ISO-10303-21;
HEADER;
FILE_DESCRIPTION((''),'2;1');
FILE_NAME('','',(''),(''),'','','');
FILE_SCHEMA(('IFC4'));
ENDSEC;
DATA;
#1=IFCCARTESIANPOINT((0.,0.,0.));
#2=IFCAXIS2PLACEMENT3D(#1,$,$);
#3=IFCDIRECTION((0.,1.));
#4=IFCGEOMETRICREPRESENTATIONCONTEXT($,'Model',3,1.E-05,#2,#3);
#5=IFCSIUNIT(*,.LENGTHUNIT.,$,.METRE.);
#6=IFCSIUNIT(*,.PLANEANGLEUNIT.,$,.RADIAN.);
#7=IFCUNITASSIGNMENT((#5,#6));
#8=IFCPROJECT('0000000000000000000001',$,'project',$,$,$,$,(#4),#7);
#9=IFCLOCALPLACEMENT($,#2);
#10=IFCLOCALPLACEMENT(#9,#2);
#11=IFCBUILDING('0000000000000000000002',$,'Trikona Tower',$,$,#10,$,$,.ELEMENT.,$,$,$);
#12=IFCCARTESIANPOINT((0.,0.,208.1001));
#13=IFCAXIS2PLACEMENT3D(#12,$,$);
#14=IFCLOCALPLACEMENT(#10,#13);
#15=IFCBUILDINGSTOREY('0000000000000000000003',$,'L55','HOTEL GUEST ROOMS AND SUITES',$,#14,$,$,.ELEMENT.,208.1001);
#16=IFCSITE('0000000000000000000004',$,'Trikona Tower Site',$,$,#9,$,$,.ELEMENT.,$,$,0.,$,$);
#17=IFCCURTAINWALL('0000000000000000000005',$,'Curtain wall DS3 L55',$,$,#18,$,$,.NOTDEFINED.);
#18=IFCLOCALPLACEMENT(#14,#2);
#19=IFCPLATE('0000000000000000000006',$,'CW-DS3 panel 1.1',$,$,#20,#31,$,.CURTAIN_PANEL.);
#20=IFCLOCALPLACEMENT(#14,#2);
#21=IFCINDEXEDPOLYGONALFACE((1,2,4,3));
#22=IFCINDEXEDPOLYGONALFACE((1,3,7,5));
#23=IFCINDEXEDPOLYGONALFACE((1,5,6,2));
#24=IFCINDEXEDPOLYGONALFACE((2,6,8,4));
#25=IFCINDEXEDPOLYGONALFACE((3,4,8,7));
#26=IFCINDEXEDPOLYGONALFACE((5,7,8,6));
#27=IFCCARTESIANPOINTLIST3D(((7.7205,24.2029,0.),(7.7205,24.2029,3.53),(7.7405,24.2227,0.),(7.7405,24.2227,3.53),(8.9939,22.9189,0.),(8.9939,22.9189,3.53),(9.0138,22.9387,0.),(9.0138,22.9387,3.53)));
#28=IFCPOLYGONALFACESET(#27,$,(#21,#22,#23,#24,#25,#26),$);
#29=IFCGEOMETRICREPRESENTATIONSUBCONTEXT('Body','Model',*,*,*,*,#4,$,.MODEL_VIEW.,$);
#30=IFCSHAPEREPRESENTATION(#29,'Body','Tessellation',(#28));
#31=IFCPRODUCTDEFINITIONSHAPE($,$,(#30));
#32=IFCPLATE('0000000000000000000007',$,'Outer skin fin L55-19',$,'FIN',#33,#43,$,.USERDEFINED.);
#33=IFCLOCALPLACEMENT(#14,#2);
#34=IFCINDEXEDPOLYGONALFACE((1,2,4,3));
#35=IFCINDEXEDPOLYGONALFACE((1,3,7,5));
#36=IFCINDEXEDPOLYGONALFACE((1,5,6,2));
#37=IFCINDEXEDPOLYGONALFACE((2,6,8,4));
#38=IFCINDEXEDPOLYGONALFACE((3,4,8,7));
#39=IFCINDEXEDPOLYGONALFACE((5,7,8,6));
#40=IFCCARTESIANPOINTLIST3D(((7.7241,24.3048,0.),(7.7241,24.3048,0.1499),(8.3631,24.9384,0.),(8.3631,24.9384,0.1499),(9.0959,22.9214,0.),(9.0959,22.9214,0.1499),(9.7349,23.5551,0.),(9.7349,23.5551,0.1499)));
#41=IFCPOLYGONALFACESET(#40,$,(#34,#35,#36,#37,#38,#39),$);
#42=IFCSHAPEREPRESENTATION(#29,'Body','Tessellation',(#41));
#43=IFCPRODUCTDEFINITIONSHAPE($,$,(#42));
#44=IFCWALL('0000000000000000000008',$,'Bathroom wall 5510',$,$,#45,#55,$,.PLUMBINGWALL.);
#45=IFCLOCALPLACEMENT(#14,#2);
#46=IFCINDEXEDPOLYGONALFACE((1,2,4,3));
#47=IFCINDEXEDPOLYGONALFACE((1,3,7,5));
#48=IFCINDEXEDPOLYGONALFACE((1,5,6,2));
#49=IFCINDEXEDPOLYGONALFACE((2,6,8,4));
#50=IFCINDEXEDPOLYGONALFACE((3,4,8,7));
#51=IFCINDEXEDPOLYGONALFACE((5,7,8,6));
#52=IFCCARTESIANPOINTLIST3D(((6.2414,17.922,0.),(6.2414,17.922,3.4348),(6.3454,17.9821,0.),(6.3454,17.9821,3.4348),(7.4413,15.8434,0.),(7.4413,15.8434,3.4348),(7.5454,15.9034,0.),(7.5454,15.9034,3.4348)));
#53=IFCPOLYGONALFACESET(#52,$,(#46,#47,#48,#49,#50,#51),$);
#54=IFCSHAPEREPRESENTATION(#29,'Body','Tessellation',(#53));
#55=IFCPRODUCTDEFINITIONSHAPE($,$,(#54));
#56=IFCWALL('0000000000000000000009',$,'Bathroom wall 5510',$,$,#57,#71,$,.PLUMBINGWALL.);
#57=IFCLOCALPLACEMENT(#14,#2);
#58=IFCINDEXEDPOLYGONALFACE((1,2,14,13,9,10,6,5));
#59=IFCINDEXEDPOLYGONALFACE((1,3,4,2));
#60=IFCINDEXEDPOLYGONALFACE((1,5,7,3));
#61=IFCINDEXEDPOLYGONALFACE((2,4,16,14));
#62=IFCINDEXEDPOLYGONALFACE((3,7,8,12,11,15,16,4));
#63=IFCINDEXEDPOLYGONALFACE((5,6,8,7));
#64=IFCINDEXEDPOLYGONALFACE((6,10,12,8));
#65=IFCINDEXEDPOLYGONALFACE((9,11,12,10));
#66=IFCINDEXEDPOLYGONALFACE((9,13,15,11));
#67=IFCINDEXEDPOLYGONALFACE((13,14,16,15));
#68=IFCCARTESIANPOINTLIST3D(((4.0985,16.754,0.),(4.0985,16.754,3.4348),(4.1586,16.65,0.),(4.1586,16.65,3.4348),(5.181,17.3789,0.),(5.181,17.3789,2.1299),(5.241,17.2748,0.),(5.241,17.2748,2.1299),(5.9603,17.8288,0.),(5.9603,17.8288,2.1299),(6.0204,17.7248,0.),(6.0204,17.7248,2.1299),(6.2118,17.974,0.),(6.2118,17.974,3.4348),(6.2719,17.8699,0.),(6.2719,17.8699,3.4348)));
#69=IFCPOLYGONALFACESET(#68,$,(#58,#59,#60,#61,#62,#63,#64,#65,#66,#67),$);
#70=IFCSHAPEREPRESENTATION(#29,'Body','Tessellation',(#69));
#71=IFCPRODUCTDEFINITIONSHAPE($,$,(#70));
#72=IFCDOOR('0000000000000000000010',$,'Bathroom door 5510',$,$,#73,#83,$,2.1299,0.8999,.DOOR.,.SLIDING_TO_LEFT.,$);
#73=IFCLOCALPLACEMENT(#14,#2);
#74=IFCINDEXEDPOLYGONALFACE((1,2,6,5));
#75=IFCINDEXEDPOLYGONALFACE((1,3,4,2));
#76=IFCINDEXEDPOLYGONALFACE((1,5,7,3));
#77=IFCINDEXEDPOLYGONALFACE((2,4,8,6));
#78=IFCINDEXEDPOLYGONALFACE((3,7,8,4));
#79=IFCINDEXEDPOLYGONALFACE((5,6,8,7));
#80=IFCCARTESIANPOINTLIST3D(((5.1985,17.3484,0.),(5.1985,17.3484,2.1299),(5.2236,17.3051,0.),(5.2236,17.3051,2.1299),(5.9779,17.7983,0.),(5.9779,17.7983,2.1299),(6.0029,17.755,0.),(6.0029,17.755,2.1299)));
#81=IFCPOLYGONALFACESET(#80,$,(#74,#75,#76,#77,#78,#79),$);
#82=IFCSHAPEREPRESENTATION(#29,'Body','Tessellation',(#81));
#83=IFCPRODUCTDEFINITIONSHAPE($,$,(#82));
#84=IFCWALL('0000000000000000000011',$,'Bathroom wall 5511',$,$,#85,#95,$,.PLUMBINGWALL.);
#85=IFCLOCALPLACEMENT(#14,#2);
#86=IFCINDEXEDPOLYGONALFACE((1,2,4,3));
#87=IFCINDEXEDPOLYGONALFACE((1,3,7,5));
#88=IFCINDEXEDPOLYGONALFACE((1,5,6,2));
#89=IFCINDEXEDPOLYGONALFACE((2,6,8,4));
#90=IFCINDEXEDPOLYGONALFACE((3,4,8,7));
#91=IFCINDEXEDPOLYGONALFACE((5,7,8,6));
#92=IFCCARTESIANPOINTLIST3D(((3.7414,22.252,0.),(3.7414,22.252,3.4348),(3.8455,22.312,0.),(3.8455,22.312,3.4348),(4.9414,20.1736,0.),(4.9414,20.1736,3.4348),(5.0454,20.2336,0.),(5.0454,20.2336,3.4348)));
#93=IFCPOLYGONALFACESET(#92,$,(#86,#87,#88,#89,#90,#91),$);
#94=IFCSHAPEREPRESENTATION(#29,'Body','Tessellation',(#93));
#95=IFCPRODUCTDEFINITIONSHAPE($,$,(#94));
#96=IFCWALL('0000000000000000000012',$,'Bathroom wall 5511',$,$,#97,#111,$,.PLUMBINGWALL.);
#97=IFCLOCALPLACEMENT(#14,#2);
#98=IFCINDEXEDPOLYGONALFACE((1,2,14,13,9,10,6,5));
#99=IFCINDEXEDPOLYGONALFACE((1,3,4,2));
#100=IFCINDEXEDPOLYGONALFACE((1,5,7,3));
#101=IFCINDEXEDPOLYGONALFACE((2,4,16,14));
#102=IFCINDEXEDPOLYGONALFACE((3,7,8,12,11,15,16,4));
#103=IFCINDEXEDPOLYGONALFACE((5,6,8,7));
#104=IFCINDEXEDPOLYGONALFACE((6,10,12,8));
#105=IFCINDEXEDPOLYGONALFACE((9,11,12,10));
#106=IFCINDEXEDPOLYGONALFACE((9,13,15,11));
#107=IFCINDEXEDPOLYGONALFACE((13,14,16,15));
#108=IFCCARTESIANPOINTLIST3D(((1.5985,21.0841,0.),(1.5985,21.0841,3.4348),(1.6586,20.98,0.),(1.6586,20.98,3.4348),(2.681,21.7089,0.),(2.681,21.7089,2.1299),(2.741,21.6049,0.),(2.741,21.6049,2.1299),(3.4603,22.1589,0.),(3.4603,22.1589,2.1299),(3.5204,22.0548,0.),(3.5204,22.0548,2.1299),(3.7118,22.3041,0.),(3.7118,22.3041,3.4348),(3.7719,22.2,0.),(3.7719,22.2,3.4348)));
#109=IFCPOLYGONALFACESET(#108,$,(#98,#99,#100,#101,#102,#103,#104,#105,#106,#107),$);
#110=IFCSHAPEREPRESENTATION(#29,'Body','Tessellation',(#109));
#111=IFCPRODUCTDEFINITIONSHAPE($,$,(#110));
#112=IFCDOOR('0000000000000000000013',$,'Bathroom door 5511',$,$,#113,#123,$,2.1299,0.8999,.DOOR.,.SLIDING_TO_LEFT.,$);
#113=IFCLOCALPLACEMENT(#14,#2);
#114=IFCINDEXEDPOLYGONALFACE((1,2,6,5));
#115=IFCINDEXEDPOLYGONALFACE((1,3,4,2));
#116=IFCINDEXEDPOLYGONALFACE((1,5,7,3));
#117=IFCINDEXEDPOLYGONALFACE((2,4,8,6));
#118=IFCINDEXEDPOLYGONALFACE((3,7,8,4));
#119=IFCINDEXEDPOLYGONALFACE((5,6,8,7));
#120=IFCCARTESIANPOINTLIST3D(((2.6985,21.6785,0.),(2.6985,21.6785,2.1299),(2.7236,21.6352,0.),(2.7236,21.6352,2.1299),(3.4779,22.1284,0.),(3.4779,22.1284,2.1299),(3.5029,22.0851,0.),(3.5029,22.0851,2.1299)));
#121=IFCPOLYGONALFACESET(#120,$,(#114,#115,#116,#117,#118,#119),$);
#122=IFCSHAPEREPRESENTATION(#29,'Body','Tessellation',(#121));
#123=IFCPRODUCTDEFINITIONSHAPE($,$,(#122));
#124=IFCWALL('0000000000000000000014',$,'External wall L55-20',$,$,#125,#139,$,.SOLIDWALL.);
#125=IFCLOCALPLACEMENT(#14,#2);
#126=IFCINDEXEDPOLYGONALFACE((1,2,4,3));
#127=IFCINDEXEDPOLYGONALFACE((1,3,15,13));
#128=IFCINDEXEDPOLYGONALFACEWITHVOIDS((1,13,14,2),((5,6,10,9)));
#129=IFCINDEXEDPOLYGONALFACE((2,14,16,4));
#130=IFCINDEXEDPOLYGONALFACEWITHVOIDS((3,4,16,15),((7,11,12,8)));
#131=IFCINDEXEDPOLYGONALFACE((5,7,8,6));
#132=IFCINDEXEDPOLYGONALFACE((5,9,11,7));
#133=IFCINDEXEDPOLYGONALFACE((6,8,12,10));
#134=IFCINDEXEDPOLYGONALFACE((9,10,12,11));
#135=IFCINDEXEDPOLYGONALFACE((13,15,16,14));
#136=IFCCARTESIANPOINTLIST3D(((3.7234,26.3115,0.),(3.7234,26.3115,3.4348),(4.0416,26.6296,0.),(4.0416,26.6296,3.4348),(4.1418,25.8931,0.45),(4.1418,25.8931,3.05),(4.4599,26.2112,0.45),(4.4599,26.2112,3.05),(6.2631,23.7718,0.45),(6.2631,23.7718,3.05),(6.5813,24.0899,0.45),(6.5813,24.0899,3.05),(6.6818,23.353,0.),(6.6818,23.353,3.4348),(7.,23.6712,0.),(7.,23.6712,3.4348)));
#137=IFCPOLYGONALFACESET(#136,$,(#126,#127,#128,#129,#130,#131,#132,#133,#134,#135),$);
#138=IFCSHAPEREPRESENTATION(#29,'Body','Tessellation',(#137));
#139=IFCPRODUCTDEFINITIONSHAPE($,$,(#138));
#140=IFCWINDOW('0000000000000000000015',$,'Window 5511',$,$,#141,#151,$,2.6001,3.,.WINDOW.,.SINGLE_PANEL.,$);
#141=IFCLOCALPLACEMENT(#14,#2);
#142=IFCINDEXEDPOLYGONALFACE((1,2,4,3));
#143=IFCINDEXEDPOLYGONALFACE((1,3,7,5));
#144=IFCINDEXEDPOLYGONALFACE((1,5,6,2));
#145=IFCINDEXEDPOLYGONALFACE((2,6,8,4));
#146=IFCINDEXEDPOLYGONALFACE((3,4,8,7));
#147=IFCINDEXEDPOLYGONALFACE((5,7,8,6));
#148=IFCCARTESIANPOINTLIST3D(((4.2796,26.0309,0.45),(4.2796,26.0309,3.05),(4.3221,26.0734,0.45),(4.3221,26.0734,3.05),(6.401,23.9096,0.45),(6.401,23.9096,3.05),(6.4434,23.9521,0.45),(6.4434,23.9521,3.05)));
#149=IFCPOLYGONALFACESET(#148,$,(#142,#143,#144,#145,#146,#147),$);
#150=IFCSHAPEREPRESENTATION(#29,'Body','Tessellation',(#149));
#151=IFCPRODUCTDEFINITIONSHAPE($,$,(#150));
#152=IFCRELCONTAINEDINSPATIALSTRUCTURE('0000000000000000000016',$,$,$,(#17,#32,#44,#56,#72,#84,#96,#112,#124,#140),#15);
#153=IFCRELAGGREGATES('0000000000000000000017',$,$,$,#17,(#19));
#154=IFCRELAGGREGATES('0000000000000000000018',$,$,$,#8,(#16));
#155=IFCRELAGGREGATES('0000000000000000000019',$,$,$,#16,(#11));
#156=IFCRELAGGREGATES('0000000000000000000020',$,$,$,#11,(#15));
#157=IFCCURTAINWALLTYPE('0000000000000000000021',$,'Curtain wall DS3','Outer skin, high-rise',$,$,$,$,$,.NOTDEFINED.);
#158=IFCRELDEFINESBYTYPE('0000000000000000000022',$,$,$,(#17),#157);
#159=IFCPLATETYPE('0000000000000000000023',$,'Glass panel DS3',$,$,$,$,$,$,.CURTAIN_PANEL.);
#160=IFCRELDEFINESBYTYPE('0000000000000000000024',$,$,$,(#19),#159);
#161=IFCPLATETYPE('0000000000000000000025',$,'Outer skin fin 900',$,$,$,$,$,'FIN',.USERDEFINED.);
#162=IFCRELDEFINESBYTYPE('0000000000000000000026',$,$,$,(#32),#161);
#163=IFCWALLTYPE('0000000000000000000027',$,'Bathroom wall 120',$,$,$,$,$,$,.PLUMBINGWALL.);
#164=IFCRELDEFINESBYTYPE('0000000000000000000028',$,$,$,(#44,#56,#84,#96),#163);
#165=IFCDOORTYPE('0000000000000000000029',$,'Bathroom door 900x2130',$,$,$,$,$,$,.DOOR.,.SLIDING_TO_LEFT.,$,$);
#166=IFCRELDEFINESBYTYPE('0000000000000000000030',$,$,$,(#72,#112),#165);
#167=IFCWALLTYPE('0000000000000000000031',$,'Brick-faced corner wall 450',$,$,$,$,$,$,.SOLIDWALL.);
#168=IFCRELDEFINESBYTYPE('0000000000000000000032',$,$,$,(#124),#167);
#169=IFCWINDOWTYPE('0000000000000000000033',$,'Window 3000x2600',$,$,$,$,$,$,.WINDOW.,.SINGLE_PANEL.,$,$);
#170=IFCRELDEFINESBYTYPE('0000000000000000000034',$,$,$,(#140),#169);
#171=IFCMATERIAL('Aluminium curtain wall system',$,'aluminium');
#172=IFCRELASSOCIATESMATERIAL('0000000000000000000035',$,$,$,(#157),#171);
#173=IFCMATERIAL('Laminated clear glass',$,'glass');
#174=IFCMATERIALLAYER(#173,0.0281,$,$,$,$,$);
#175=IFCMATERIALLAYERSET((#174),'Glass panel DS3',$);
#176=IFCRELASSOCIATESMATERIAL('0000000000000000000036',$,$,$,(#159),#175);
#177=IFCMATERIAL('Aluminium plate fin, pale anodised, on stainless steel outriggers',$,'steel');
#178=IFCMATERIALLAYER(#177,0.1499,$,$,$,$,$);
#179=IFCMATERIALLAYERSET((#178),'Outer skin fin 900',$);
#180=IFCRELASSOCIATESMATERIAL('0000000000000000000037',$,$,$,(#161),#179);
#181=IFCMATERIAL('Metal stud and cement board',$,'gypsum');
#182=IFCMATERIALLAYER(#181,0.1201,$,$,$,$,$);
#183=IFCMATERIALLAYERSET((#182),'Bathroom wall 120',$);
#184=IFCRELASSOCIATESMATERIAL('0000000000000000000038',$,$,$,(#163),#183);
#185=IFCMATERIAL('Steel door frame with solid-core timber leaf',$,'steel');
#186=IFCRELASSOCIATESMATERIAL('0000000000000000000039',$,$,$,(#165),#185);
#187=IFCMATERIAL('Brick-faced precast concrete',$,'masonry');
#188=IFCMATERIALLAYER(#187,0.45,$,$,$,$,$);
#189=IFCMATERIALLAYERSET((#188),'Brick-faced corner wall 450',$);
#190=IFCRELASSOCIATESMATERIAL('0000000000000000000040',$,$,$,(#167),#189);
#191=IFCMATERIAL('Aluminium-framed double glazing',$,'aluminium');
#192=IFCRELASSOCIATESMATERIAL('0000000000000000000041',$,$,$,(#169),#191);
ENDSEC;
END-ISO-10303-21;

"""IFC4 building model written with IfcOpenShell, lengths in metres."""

from ifc_helpers import new_model, si_unit, direction, frame, frame_2d, origin, origin_2d, place, context, subcontext, project, spatial, rectangle, extrude, material, layer, layer_set, type_object, element, fill, aggregate, save


model = new_model("IFC4")

# Units and contexts
model_context = context("Model", 3, precision=1e-05, world=origin(), true_north=direction((0.0, 1.0)))
body_context = subcontext(model_context, "Body", "Model", "MODEL_VIEW")
ifc_project = project(units=[si_unit("LENGTHUNIT", "METRE"), si_unit("PLANEANGLEUNIT", "RADIAN")], contexts=[model_context])

# Site, building, storey
site_placement = place(None, origin())
site = spatial("IfcSite", under=ifc_project, at=site_placement, Name="Trikona Tower Site", CompositionType="ELEMENT", RefElevation=0.0)
building_placement = place(site_placement, origin())
building = spatial("IfcBuilding", under=site, at=building_placement, Name="Trikona Tower", CompositionType="ELEMENT")
storey_placement = place(building_placement, frame((0.0, 0.0, 208.1001)))
storey = spatial("IfcBuildingStorey", under=building, at=storey_placement, Name="L55", Description="HOTEL GUEST ROOMS AND SUITES", CompositionType="ELEMENT", Elevation=208.1001)

# Curtain wall
ifc_material_1 = material(Name="Aluminium curtain wall system", Category="aluminium")
curtain_wall_type = type_object("IfcCurtainWallType", Name="Curtain wall DS3", Description="Outer skin, high-rise", PredefinedType="NOTDEFINED", material=ifc_material_1)
curtain_wall_placement = place(storey_placement, origin())
curtain_wall = element("IfcCurtainWall", 1, at=curtain_wall_placement, inside=storey, type_object=curtain_wall_type, Name="Curtain wall DS3 L55", PredefinedType="NOTDEFINED")

# Plates
ifc_material_2 = material(Name="Laminated clear glass", Category="glass")
ifc_layer_1 = layer(ifc_material_2, 0.0281)
ifc_layer_set_1 = layer_set([ifc_layer_1], Name="Glass panel DS3")
plate_type_1 = type_object("IfcPlateType", Name="Glass panel DS3", PredefinedType="CURTAIN_PANEL", material=ifc_layer_set_1)
plate_1_placement = place(storey_placement, frame((8.3672, 23.5708, 0.0), z_axis=(0.0, 0.0, 1.0), x_axis=(-0.704149, 0.710052, 0.0)))
plate_1 = element("IfcPlate", 2, at=plate_1_placement, type_object=plate_type_1, Name="CW-DS3 panel 1.1", PredefinedType="CURTAIN_PANEL", context=body_context, shape_type="SweptSolid", body=[
    extrude(rectangle(XDim=1.8083, YDim=0.0281, at=origin_2d()), origin(), (0.0, 0.0, 1.0), 3.53),
])
aggregate(curtain_wall, [plate_1])
ifc_material_3 = material(Name="Aluminium plate fin, pale anodised, on stainless steel outriggers", Category="steel")
ifc_layer_2 = layer(ifc_material_3, 0.1499)
ifc_layer_set_2 = layer_set([ifc_layer_2], Name="Outer skin fin 900")
plate_type_2 = type_object("IfcPlateType", Name="Outer skin fin 900", ElementType="FIN", PredefinedType="USERDEFINED", material=ifc_layer_set_2)
plate_2_placement = place(storey_placement, frame((8.7295, 23.9299, 0.0), z_axis=(0.0, 0.0, 1.0), x_axis=(-0.704151, 0.71005, 0.0)))
element("IfcPlate", 3, at=plate_2_placement, inside=storey, type_object=plate_type_2, Name="Outer skin fin L55-19", ObjectType="FIN", PredefinedType="USERDEFINED", context=body_context, shape_type="SweptSolid", body=[
    extrude(rectangle(XDim=1.9482, YDim=0.8999, at=origin_2d()), origin(), (0.0, 0.0, 1.0), 0.1499),
])

# Wall
ifc_material_4 = material(Name="Metal stud and cement board", Category="gypsum")
ifc_layer_3 = layer(ifc_material_4, 0.1201)
ifc_layer_set_3 = layer_set([ifc_layer_3], Name="Bathroom wall 120")
wall_type_1 = type_object("IfcWallType", Name="Bathroom wall 120", PredefinedType="PLUMBINGWALL", material=ifc_layer_set_3)
wall_1_placement = place(storey_placement, frame((7.4934, 15.8733, 0.0), z_axis=(0.0, 0.0, 1.0), x_axis=(-0.499957, 0.86605, 0.0)))
element("IfcWall", 4, at=wall_1_placement, inside=storey, type_object=wall_type_1, Name="Bathroom wall 5510", PredefinedType="PLUMBINGWALL", context=body_context, shape_type="SweptSolid", body=[
    extrude(rectangle(XDim=2.4001, YDim=0.1201, at=frame_2d((1.2002, 0.0))), origin(), (0.0, 0.0, 1.0), 3.4348),
])

# Wall, opening, door
wall_2_placement = place(storey_placement, frame((4.1284, 16.7019, 0.0), z_axis=(0.0, 0.0, 1.0), x_axis=(0.866049, 0.499959, 0.0)))
wall_2 = element("IfcWall", 5, at=wall_2_placement, inside=storey, type_object=wall_type_1, Name="Bathroom wall 5510", PredefinedType="PLUMBINGWALL", context=body_context, shape_type="SweptSolid", body=[
    extrude(rectangle(XDim=2.4402, YDim=0.1201, at=frame_2d((1.2202, 0.0))), origin(), (0.0, 0.0, 1.0), 3.4348),
])
opening_1_placement = place(wall_2_placement, frame((1.25, 0.0, 0.0)))
opening_1 = element("IfcOpeningElement", 6, at=opening_1_placement, cuts=wall_2, PredefinedType="OPENING", context=body_context, shape_type="SweptSolid", body=[
    extrude(rectangle(XDim=0.8999, YDim=2.1299, at=frame_2d((0.45, 1.0649))), frame((0.0, 0.0701, 0.0), z_axis=(0.0, -1.0, 0.0), x_axis=(1.0, 0.0, 0.0)), (0.0, 0.0, 1.0), 0.1401),
])
ifc_material_5 = material(Name="Steel door frame with solid-core timber leaf", Category="steel")
door_type_1 = type_object("IfcDoorType", Name="Bathroom door 900x2130", OperationType="SLIDING_TO_LEFT", PredefinedType="DOOR", material=ifc_material_5)
door_1_placement = place(opening_1_placement, origin())
door_1 = element("IfcDoor", 7, at=door_1_placement, inside=storey, type_object=door_type_1, Name="Bathroom door 5510", OperationType="SLIDING_TO_LEFT", OverallHeight=2.1299, OverallWidth=0.8999, PredefinedType="DOOR", context=body_context, shape_type="SweptSolid", body=[
    extrude(rectangle(XDim=0.8999, YDim=2.1299, at=frame_2d((0.45, 1.0649))), frame((0.0, 0.0249, 0.0), z_axis=(0.0, -1.0, 0.0), x_axis=(1.0, 0.0, 0.0)), (0.0, 0.0, 1.0), 0.05),
])
fill(opening_1, door_1)

# Wall
wall_3_placement = place(storey_placement, frame((4.9934, 20.2036, 0.0), z_axis=(0.0, 0.0, 1.0), x_axis=(-0.500001, 0.866025, 0.0)))
element("IfcWall", 8, at=wall_3_placement, inside=storey, type_object=wall_type_1, Name="Bathroom wall 5511", PredefinedType="PLUMBINGWALL", context=body_context, shape_type="SweptSolid", body=[
    extrude(rectangle(XDim=2.3999, YDim=0.1201, at=frame_2d((1.2, 0.0))), origin(), (0.0, 0.0, 1.0), 3.4348),
])

# Wall, opening, door
wall_4_placement = place(storey_placement, frame((1.6284, 21.032, 0.0), z_axis=(0.0, 0.0, 1.0), x_axis=(0.866049, 0.499959, 0.0)))
wall_4 = element("IfcWall", 9, at=wall_4_placement, inside=storey, type_object=wall_type_1, Name="Bathroom wall 5511", PredefinedType="PLUMBINGWALL", context=body_context, shape_type="SweptSolid", body=[
    extrude(rectangle(XDim=2.4402, YDim=0.1201, at=frame_2d((1.2202, 0.0))), origin(), (0.0, 0.0, 1.0), 3.4348),
])
opening_2_placement = place(wall_4_placement, frame((1.25, 0.0, 0.0)))
opening_2 = element("IfcOpeningElement", 10, at=opening_2_placement, cuts=wall_4, PredefinedType="OPENING", context=body_context, shape_type="SweptSolid", body=[
    extrude(rectangle(XDim=0.8999, YDim=2.1299, at=frame_2d((0.45, 1.0649))), frame((0.0, 0.0701, 0.0), z_axis=(0.0, -1.0, 0.0), x_axis=(1.0, 0.0, 0.0)), (0.0, 0.0, 1.0), 0.1401),
])
door_2_placement = place(opening_2_placement, origin())
door_2 = element("IfcDoor", 11, at=door_2_placement, inside=storey, type_object=door_type_1, Name="Bathroom door 5511", OperationType="SLIDING_TO_LEFT", OverallHeight=2.1299, OverallWidth=0.8999, PredefinedType="DOOR", context=body_context, shape_type="SweptSolid", body=[
    extrude(rectangle(XDim=0.8999, YDim=2.1299, at=frame_2d((0.45, 1.0649))), frame((0.0, 0.0249, 0.0), z_axis=(0.0, -1.0, 0.0), x_axis=(1.0, 0.0, 0.0)), (0.0, 0.0, 1.0), 0.05),
])
fill(opening_2, door_2)

# Wall, opening, window
ifc_material_6 = material(Name="Brick-faced precast concrete", Category="masonry")
ifc_layer_4 = layer(ifc_material_6, 0.45)
ifc_layer_set_4 = layer_set([ifc_layer_4], Name="Brick-faced corner wall 450")
wall_type_2 = type_object("IfcWallType", Name="Brick-faced corner wall 450", PredefinedType="SOLIDWALL", material=ifc_layer_set_4)
wall_5_placement = place(storey_placement, frame((6.8408, 23.5122, 0.0), z_axis=(0.0, 0.0, 1.0), x_axis=(-0.707107, 0.707107, 0.0)))
wall_5 = element("IfcWall", 12, at=wall_5_placement, inside=storey, type_object=wall_type_2, Name="External wall L55-20", PredefinedType="SOLIDWALL", context=body_context, shape_type="SweptSolid", body=[
    extrude(rectangle(XDim=4.1838, YDim=0.45, at=frame_2d((2.0918, 0.0))), origin(), (0.0, 0.0, 1.0), 3.4348),
])
opening_3_placement = place(wall_5_placement, frame((0.592, 0.0, 0.45)))
opening_3 = element("IfcOpeningElement", 13, at=opening_3_placement, cuts=wall_5, PredefinedType="OPENING", context=body_context, shape_type="SweptSolid", body=[
    extrude(rectangle(XDim=3.0, YDim=2.6001, at=frame_2d((1.5, 1.3))), frame((0.0, 0.2349, 0.0), z_axis=(0.0, -1.0, 0.0), x_axis=(1.0, 0.0, 0.0)), (0.0, 0.0, 1.0), 0.47),
])
ifc_material_7 = material(Name="Aluminium-framed double glazing", Category="aluminium")
window_type_1 = type_object("IfcWindowType", Name="Window 3000x2600", PartitioningType="SINGLE_PANEL", PredefinedType="WINDOW", material=ifc_material_7)
window_1_placement = place(opening_3_placement, origin())
window_1 = element("IfcWindow", 14, at=window_1_placement, inside=storey, type_object=window_type_1, Name="Window 5511", OverallHeight=2.6001, OverallWidth=3.0, PartitioningType="SINGLE_PANEL", PredefinedType="WINDOW", context=body_context, shape_type="SweptSolid", body=[
    extrude(rectangle(XDim=3.0, YDim=2.6001, at=frame_2d((1.5, 1.3))), frame((0.0, 0.03, 0.0), z_axis=(0.0, -1.0, 0.0), x_axis=(1.0, 0.0, 0.0)), (0.0, 0.0, 1.0), 0.0601),
])
fill(opening_3, window_1)

save(model, "model.ifc")
